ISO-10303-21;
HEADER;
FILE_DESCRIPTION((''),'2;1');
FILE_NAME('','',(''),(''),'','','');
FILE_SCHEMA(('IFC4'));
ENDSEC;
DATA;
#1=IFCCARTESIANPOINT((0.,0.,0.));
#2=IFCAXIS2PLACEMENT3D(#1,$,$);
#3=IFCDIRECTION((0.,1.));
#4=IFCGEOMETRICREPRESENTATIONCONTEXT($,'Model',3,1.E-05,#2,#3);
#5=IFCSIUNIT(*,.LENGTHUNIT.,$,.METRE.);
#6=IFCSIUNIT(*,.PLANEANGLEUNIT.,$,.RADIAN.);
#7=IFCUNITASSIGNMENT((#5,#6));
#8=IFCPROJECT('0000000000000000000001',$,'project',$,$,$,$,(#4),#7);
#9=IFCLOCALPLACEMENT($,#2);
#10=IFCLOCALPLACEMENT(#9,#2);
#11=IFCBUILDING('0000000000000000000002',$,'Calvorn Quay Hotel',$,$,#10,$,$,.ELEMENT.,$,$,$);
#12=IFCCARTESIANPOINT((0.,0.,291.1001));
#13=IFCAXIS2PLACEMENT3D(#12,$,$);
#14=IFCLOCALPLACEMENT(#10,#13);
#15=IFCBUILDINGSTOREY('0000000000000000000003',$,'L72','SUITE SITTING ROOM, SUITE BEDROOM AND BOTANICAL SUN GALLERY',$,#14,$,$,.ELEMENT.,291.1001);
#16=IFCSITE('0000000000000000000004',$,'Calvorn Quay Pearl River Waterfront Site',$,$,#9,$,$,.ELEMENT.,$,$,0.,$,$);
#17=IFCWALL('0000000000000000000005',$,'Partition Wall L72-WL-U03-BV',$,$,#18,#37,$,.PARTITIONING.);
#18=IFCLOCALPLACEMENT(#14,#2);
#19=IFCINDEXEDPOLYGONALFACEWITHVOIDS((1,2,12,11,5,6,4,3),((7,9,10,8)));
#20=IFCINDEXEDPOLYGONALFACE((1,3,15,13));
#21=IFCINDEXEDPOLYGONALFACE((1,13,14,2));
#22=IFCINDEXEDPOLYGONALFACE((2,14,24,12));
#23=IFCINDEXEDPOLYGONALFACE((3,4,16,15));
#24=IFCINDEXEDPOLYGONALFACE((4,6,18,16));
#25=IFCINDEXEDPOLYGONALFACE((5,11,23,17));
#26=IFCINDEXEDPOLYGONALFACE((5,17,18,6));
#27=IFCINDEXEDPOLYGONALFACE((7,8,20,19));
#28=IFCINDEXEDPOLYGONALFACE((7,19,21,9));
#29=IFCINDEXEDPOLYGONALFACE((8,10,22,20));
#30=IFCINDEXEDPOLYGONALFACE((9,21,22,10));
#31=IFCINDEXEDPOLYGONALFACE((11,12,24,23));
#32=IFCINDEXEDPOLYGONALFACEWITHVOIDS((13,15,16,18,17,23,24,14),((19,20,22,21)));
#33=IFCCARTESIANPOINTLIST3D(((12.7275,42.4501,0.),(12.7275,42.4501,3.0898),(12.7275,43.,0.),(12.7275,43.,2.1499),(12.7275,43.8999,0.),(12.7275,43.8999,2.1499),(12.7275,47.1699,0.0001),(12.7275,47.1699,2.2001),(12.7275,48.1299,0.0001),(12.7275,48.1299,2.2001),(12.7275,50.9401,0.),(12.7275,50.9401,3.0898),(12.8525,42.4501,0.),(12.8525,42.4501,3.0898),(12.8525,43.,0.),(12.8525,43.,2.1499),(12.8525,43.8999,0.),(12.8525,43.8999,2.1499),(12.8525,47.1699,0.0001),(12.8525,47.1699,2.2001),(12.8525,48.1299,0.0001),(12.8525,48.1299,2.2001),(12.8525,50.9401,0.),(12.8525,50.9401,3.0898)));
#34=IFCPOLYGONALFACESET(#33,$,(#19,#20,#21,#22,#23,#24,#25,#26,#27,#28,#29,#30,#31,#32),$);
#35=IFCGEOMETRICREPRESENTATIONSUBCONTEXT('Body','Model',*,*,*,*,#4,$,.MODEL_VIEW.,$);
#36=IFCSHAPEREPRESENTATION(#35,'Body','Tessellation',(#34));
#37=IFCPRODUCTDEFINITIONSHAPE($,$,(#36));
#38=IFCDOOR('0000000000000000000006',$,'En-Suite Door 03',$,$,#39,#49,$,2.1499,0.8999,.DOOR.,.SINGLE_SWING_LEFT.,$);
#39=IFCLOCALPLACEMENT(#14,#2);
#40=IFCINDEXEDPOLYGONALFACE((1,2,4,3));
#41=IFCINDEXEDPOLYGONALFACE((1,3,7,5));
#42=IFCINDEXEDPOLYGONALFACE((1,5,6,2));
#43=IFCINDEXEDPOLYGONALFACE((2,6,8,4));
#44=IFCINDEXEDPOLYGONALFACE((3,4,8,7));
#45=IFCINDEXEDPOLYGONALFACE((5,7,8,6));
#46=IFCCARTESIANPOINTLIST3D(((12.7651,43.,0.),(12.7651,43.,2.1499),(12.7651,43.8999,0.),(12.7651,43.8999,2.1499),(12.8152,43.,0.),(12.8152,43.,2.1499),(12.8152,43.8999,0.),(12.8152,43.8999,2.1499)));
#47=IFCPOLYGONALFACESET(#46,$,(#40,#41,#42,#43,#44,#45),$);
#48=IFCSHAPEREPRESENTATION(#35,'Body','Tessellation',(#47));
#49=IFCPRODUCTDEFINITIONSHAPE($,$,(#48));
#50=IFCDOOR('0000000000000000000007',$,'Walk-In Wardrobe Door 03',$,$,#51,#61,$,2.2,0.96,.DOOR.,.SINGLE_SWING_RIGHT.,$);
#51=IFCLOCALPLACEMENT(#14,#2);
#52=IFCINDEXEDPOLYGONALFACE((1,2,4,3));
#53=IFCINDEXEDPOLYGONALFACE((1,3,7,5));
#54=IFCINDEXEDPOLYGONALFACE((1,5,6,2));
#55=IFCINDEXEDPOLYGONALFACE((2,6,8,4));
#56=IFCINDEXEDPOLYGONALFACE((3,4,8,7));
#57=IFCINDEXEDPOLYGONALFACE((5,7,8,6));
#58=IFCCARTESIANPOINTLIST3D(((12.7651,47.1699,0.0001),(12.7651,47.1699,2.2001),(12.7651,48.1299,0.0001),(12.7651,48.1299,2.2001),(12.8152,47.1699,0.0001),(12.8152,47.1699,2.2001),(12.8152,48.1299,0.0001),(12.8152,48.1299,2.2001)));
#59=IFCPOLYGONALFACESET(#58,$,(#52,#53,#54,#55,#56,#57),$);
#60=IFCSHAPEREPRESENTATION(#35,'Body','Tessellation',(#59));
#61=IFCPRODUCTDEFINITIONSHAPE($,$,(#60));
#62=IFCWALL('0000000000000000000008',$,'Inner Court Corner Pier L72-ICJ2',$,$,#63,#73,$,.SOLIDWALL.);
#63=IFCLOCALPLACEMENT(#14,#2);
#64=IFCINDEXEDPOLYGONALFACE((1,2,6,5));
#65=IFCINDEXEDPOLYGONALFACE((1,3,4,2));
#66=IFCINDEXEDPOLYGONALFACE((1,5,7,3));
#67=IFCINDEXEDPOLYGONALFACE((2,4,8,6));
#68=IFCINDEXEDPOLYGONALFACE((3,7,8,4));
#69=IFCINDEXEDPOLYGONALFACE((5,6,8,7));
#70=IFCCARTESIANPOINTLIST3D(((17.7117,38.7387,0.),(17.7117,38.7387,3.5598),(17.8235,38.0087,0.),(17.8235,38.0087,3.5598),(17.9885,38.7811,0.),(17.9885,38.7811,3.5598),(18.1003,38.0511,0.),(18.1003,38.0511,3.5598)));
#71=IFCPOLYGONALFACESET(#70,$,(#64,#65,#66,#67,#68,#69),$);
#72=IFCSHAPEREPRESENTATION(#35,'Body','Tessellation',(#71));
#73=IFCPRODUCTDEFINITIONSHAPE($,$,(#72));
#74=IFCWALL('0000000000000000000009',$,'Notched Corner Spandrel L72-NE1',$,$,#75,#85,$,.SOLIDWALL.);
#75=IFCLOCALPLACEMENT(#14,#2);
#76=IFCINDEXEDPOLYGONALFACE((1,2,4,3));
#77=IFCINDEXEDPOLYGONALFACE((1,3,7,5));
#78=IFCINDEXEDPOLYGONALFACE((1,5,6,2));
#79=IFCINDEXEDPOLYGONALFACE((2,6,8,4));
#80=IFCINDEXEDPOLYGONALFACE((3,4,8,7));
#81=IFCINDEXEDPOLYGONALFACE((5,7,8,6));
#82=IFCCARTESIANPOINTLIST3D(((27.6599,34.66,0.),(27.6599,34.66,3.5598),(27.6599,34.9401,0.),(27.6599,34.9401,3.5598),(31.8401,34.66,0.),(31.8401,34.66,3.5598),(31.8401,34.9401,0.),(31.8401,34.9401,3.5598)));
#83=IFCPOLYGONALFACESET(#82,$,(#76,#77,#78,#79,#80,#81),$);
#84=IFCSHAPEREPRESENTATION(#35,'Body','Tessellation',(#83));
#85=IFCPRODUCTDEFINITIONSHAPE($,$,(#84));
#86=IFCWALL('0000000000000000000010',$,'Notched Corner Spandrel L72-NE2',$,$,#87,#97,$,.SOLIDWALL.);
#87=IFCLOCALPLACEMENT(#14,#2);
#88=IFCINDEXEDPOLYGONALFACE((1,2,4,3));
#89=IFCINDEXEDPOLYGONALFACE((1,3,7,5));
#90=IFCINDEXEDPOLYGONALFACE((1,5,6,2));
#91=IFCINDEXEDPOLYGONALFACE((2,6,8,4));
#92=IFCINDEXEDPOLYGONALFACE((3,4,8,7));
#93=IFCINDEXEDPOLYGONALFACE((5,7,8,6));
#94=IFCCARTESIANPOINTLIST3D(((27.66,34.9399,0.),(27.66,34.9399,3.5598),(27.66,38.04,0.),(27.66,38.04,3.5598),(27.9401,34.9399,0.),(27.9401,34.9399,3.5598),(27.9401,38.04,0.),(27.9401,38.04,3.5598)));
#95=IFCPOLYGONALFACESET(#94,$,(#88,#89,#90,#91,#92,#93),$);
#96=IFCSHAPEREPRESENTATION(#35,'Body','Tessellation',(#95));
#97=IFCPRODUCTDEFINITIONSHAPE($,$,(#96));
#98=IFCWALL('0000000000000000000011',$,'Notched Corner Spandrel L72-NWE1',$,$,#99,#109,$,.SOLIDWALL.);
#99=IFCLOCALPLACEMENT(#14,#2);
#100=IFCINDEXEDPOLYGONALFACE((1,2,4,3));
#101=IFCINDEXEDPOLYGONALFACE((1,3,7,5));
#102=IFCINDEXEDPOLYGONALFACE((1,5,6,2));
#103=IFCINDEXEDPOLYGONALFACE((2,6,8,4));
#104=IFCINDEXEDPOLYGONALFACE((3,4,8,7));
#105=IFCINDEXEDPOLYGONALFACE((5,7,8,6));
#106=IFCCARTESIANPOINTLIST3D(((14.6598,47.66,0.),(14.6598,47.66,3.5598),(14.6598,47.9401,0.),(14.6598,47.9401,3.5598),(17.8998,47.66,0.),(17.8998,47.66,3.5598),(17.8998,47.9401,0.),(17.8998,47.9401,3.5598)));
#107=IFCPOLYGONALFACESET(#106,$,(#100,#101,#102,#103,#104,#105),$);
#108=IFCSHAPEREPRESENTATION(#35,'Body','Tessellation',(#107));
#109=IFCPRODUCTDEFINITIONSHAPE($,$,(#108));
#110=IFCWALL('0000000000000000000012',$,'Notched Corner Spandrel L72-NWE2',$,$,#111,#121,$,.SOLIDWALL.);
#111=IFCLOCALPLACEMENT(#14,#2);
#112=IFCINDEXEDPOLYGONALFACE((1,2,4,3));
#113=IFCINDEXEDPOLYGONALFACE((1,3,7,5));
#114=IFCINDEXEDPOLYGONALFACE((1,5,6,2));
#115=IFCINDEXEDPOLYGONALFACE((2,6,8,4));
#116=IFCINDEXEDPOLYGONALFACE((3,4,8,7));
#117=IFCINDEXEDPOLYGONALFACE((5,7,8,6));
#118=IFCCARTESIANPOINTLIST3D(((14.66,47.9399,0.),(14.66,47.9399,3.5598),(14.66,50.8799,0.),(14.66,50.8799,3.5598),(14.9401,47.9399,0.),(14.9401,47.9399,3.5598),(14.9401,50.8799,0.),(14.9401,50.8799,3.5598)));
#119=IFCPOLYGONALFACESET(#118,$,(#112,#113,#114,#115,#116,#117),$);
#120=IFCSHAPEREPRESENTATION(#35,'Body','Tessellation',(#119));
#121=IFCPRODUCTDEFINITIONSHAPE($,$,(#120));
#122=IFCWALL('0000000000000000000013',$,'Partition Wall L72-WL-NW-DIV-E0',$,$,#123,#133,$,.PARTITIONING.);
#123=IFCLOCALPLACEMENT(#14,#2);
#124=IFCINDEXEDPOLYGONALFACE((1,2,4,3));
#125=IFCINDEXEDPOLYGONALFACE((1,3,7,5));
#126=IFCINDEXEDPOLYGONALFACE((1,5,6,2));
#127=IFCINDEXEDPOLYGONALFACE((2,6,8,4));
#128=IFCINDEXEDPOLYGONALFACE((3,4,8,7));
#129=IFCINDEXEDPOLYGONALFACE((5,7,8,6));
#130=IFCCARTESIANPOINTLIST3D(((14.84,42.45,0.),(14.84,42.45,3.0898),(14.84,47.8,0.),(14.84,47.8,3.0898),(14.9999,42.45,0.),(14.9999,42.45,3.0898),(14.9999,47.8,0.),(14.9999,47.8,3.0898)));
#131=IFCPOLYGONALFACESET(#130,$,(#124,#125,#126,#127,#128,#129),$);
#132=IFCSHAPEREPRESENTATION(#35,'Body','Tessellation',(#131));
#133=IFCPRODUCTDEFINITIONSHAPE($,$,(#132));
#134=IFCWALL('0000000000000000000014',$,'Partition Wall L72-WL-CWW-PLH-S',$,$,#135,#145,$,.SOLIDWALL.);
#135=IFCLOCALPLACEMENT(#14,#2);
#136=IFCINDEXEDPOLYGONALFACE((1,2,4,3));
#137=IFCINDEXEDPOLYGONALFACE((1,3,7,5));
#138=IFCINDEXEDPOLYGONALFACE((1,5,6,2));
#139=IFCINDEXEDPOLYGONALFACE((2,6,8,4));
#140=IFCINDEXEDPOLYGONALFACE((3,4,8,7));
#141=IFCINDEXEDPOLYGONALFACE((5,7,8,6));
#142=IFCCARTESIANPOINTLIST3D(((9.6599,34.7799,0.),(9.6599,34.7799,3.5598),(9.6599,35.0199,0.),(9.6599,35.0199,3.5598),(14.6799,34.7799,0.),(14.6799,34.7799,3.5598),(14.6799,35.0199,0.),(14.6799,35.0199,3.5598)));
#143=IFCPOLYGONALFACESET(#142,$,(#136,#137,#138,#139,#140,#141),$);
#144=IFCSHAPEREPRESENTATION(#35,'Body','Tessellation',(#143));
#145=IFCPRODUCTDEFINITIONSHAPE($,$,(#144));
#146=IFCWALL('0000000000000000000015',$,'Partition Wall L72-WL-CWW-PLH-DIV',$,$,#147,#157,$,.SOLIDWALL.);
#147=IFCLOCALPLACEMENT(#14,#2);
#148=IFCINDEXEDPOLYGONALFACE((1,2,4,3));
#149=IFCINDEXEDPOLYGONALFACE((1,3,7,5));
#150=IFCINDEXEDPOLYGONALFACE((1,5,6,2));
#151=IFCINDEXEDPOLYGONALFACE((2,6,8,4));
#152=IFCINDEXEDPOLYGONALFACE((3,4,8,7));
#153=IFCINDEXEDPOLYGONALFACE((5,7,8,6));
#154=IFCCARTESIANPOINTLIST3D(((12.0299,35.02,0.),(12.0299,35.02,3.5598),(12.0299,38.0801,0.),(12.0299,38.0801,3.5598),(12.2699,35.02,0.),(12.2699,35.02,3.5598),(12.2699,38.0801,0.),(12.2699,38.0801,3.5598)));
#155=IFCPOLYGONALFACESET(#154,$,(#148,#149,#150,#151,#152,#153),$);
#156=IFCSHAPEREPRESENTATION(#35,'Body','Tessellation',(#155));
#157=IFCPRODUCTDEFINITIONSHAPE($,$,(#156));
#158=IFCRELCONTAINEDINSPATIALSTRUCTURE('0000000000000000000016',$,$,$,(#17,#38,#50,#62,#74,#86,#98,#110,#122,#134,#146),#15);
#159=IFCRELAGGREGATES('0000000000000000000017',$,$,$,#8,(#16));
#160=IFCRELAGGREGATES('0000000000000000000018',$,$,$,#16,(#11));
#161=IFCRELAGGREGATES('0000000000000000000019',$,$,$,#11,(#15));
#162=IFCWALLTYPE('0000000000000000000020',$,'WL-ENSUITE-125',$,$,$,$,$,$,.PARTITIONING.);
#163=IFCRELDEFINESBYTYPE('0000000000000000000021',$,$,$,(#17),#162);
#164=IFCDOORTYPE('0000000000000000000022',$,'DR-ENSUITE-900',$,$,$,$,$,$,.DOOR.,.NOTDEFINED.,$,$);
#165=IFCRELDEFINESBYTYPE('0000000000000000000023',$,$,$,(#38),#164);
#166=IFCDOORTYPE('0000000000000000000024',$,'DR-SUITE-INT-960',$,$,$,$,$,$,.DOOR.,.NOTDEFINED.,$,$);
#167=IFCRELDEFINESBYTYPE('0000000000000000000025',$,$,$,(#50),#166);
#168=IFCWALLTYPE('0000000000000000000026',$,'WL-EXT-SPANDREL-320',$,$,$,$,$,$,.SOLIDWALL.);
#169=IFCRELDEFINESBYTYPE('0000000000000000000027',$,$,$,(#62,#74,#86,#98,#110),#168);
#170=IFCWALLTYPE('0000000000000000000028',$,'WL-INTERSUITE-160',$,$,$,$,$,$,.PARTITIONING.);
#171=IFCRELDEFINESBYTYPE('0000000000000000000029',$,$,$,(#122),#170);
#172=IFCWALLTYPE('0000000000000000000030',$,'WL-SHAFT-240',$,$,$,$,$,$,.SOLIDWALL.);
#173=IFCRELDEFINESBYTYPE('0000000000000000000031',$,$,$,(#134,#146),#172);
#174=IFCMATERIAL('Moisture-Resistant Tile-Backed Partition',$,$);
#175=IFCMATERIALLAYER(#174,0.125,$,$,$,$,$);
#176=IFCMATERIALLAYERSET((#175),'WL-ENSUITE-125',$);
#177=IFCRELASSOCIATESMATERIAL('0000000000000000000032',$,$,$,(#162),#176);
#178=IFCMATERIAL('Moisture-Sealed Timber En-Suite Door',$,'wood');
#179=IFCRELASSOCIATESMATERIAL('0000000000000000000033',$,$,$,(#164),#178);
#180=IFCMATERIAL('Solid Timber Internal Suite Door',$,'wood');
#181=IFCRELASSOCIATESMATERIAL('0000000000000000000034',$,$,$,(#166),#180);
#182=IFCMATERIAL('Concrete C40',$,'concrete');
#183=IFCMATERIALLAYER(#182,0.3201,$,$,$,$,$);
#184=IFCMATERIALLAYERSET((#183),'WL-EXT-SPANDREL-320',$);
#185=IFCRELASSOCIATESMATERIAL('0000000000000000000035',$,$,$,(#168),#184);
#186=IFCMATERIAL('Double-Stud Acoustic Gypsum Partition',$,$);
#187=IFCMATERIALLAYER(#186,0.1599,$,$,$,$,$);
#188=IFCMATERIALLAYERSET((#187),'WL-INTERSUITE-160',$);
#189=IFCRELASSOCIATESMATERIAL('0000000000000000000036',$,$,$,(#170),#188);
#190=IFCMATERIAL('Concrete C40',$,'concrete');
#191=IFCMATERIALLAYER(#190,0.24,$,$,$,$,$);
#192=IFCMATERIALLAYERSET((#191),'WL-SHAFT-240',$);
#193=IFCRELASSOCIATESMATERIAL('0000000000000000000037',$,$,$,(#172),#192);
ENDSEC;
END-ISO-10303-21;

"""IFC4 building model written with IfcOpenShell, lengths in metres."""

from ifc_helpers import new_model, si_unit, direction, frame, frame_2d, origin, place, context, subcontext, project, spatial, rectangle, extrude, material, layer, layer_set, type_object, element, fill, save


model = new_model("IFC4")

# Units and contexts
model_context = context("Model", 3, precision=1e-05, world=origin(), true_north=direction((0.0, 1.0)))
body_context = subcontext(model_context, "Body", "Model", "MODEL_VIEW")
ifc_project = project(units=[si_unit("LENGTHUNIT", "METRE"), si_unit("PLANEANGLEUNIT", "RADIAN")], contexts=[model_context])

# Site, building, storey
site_placement = place(None, origin())
site = spatial("IfcSite", under=ifc_project, at=site_placement, Name="Calvorn Quay Pearl River Waterfront Site", CompositionType="ELEMENT", RefElevation=0.0)
building_placement = place(site_placement, origin())
building = spatial("IfcBuilding", under=site, at=building_placement, Name="Calvorn Quay Hotel", CompositionType="ELEMENT")
storey_placement = place(building_placement, frame((0.0, 0.0, 291.1001)))
storey = spatial("IfcBuildingStorey", under=building, at=storey_placement, Name="L72", Description="SUITE SITTING ROOM, SUITE BEDROOM AND BOTANICAL SUN GALLERY", CompositionType="ELEMENT", Elevation=291.1001)

# Shared definitions
ifc_material_1 = material(Name="Moisture-Resistant Tile-Backed Partition")
ifc_layer_1 = layer(ifc_material_1, 0.125)
ifc_layer_set_1 = layer_set([ifc_layer_1], Name="WL-ENSUITE-125")
wall_type_1 = type_object("IfcWallType", Name="WL-ENSUITE-125", PredefinedType="PARTITIONING", material=ifc_layer_set_1)

# Wall, openings, doors
wall_1_placement = place(storey_placement, frame((12.79, 42.45, 0.0), z_axis=(0.0, 0.0, 1.0), x_axis=(0.0, 1.0, 0.0)))
wall_1 = element("IfcWall", 1, at=wall_1_placement, inside=storey, type_object=wall_type_1, Name="Partition Wall L72-WL-U03-BV", PredefinedType="PARTITIONING", context=body_context, shape_type="SweptSolid", body=[
    extrude(rectangle(XDim=8.49, YDim=0.125, at=frame_2d((4.2451, 0.0))), origin(), (0.0, 0.0, 1.0), 3.0898),
])
opening_1_placement = place(wall_1_placement, frame((0.55, 0.0, 0.0)))
opening_1 = element("IfcOpeningElement", 2, at=opening_1_placement, cuts=wall_1, PredefinedType="OPENING", context=body_context, shape_type="SweptSolid", body=[
    extrude(rectangle(XDim=0.8999, YDim=2.1499, at=frame_2d((0.45, 1.075))), frame((0.0, 0.0725, 0.0), z_axis=(0.0, -1.0, 0.0), x_axis=(1.0, 0.0, 0.0)), (0.0, 0.0, 1.0), 0.145),
])
opening_2_placement = place(wall_1_placement, frame((4.72, 0.0, 0.0)))
opening_2 = element("IfcOpeningElement", 3, at=opening_2_placement, cuts=wall_1, PredefinedType="OPENING", context=body_context, shape_type="SweptSolid", body=[
    extrude(rectangle(XDim=0.96, YDim=2.2, at=frame_2d((0.48, 1.1001))), frame((0.0, 0.0725, 0.0), z_axis=(0.0, -1.0, 0.0), x_axis=(1.0, 0.0, 0.0)), (0.0, 0.0, 1.0), 0.145),
])
ifc_material_2 = material(Name="Moisture-Sealed Timber En-Suite Door", Category="wood")
door_type_1 = type_object("IfcDoorType", Name="DR-ENSUITE-900", OperationType="NOTDEFINED", PredefinedType="DOOR", material=ifc_material_2)
door_1_placement = place(opening_1_placement, origin())
door_1 = element("IfcDoor", 4, at=door_1_placement, inside=storey, type_object=door_type_1, Name="En-Suite Door 03", OperationType="SINGLE_SWING_LEFT", OverallHeight=2.1499, OverallWidth=0.8999, PredefinedType="DOOR", context=body_context, shape_type="SweptSolid", body=[
    extrude(rectangle(XDim=0.8999, YDim=2.1499, at=frame_2d((0.45, 1.075))), frame((0.0, 0.0249, 0.0), z_axis=(0.0, -1.0, 0.0), x_axis=(1.0, 0.0, 0.0)), (0.0, 0.0, 1.0), 0.05),
])
fill(opening_1, door_1)
ifc_material_3 = material(Name="Solid Timber Internal Suite Door", Category="wood")
door_type_2 = type_object("IfcDoorType", Name="DR-SUITE-INT-960", OperationType="NOTDEFINED", PredefinedType="DOOR", material=ifc_material_3)
door_2_placement = place(opening_2_placement, origin())
door_2 = element("IfcDoor", 5, at=door_2_placement, inside=storey, type_object=door_type_2, Name="Walk-In Wardrobe Door 03", OperationType="SINGLE_SWING_RIGHT", OverallHeight=2.2, OverallWidth=0.96, PredefinedType="DOOR", context=body_context, shape_type="SweptSolid", body=[
    extrude(rectangle(XDim=0.96, YDim=2.2, at=frame_2d((0.48, 1.1001))), frame((0.0, 0.0249, 0.0), z_axis=(0.0, -1.0, 0.0), x_axis=(1.0, 0.0, 0.0)), (0.0, 0.0, 1.0), 0.05),
])
fill(opening_2, door_2)

# Walls
ifc_material_4 = material(Name="Concrete C40", Category="concrete")
ifc_layer_2 = layer(ifc_material_4, 0.3201)
ifc_layer_set_2 = layer_set([ifc_layer_2], Name="WL-EXT-SPANDREL-320")
wall_type_2 = type_object("IfcWallType", Name="WL-EXT-SPANDREL-320", PredefinedType="SOLIDWALL", material=ifc_layer_set_2)
wall_2_placement = place(storey_placement, frame((17.9619, 38.03, 0.0), z_axis=(0.0, 0.0, 1.0), x_axis=(-0.151411, 0.988471, 0.0)))
element("IfcWall", 6, at=wall_2_placement, inside=storey, type_object=wall_type_2, Name="Inner Court Corner Pier L72-ICJ2", PredefinedType="SOLIDWALL", context=body_context, shape_type="SweptSolid", body=[
    extrude(rectangle(XDim=0.7385, YDim=0.28, at=frame_2d((0.3691, 0.0))), origin(), (0.0, 0.0, 1.0), 3.5598),
])
wall_3_placement = place(storey_placement, frame((31.8401, 34.8, 0.0), z_axis=(0.0, 0.0, 1.0), x_axis=(-1.0, 0.0, 0.0)))
element("IfcWall", 7, at=wall_3_placement, inside=storey, type_object=wall_type_2, Name="Notched Corner Spandrel L72-NE1", PredefinedType="SOLIDWALL", context=body_context, shape_type="SweptSolid", body=[
    extrude(rectangle(XDim=4.1802, YDim=0.28, at=frame_2d((2.0901, 0.0))), origin(), (0.0, 0.0, 1.0), 3.5598),
])
wall_4_placement = place(storey_placement, frame((27.8, 34.9399, 0.0), z_axis=(0.0, 0.0, 1.0), x_axis=(0.0, 1.0, 0.0)))
element("IfcWall", 8, at=wall_4_placement, inside=storey, type_object=wall_type_2, Name="Notched Corner Spandrel L72-NE2", PredefinedType="SOLIDWALL", context=body_context, shape_type="SweptSolid", body=[
    extrude(rectangle(XDim=3.1001, YDim=0.28, at=frame_2d((1.55, 0.0))), origin(), (0.0, 0.0, 1.0), 3.5598),
])
wall_5_placement = place(storey_placement, frame((17.8999, 47.8, 0.0), z_axis=(0.0, 0.0, 1.0), x_axis=(-1.0, 0.0, 0.0)))
element("IfcWall", 9, at=wall_5_placement, inside=storey, type_object=wall_type_2, Name="Notched Corner Spandrel L72-NWE1", PredefinedType="SOLIDWALL", context=body_context, shape_type="SweptSolid", body=[
    extrude(rectangle(XDim=3.24, YDim=0.28, at=frame_2d((1.6201, 0.0))), origin(), (0.0, 0.0, 1.0), 3.5598),
])
wall_6_placement = place(storey_placement, frame((14.8, 47.9399, 0.0), z_axis=(0.0, 0.0, 1.0), x_axis=(0.0, 1.0, 0.0)))
element("IfcWall", 10, at=wall_6_placement, inside=storey, type_object=wall_type_2, Name="Notched Corner Spandrel L72-NWE2", PredefinedType="SOLIDWALL", context=body_context, shape_type="SweptSolid", body=[
    extrude(rectangle(XDim=2.9399, YDim=0.28, at=frame_2d((1.47, 0.0))), origin(), (0.0, 0.0, 1.0), 3.5598),
])
ifc_material_5 = material(Name="Double-Stud Acoustic Gypsum Partition")
ifc_layer_3 = layer(ifc_material_5, 0.1599)
ifc_layer_set_3 = layer_set([ifc_layer_3], Name="WL-INTERSUITE-160")
wall_type_3 = type_object("IfcWallType", Name="WL-INTERSUITE-160", PredefinedType="PARTITIONING", material=ifc_layer_set_3)
wall_7_placement = place(storey_placement, frame((14.9199, 42.45, 0.0), z_axis=(0.0, 0.0, 1.0), x_axis=(0.0, 1.0, 0.0)))
element("IfcWall", 11, at=wall_7_placement, inside=storey, type_object=wall_type_3, Name="Partition Wall L72-WL-NW-DIV-E0", PredefinedType="PARTITIONING", context=body_context, shape_type="SweptSolid", body=[
    extrude(rectangle(XDim=5.3501, YDim=0.1599, at=frame_2d((2.675, 0.0))), origin(), (0.0, 0.0, 1.0), 3.0898),
])
ifc_material_6 = material(Name="Concrete C40", Category="concrete")
ifc_layer_4 = layer(ifc_material_6, 0.24)
ifc_layer_set_4 = layer_set([ifc_layer_4], Name="WL-SHAFT-240")
wall_type_4 = type_object("IfcWallType", Name="WL-SHAFT-240", PredefinedType="SOLIDWALL", material=ifc_layer_set_4)
wall_8_placement = place(storey_placement, frame((9.6599, 34.8999, 0.0), z_axis=(0.0, 0.0, 1.0), x_axis=(1.0, 0.0, 0.0)))
element("IfcWall", 12, at=wall_8_placement, inside=storey, type_object=wall_type_4, Name="Partition Wall L72-WL-CWW-PLH-S", PredefinedType="SOLIDWALL", context=body_context, shape_type="SweptSolid", body=[
    extrude(rectangle(XDim=5.02, YDim=0.24, at=frame_2d((2.51, 0.0))), origin(), (0.0, 0.0, 1.0), 3.5598),
])
wall_9_placement = place(storey_placement, frame((12.1499, 35.02, 0.0), z_axis=(0.0, 0.0, 1.0), x_axis=(0.0, 1.0, 0.0)))
element("IfcWall", 13, at=wall_9_placement, inside=storey, type_object=wall_type_4, Name="Partition Wall L72-WL-CWW-PLH-DIV", PredefinedType="SOLIDWALL", context=body_context, shape_type="SweptSolid", body=[
    extrude(rectangle(XDim=3.0601, YDim=0.24, at=frame_2d((1.53, 0.0))), origin(), (0.0, 0.0, 1.0), 3.5598),
])

save(model, "model.ifc")
